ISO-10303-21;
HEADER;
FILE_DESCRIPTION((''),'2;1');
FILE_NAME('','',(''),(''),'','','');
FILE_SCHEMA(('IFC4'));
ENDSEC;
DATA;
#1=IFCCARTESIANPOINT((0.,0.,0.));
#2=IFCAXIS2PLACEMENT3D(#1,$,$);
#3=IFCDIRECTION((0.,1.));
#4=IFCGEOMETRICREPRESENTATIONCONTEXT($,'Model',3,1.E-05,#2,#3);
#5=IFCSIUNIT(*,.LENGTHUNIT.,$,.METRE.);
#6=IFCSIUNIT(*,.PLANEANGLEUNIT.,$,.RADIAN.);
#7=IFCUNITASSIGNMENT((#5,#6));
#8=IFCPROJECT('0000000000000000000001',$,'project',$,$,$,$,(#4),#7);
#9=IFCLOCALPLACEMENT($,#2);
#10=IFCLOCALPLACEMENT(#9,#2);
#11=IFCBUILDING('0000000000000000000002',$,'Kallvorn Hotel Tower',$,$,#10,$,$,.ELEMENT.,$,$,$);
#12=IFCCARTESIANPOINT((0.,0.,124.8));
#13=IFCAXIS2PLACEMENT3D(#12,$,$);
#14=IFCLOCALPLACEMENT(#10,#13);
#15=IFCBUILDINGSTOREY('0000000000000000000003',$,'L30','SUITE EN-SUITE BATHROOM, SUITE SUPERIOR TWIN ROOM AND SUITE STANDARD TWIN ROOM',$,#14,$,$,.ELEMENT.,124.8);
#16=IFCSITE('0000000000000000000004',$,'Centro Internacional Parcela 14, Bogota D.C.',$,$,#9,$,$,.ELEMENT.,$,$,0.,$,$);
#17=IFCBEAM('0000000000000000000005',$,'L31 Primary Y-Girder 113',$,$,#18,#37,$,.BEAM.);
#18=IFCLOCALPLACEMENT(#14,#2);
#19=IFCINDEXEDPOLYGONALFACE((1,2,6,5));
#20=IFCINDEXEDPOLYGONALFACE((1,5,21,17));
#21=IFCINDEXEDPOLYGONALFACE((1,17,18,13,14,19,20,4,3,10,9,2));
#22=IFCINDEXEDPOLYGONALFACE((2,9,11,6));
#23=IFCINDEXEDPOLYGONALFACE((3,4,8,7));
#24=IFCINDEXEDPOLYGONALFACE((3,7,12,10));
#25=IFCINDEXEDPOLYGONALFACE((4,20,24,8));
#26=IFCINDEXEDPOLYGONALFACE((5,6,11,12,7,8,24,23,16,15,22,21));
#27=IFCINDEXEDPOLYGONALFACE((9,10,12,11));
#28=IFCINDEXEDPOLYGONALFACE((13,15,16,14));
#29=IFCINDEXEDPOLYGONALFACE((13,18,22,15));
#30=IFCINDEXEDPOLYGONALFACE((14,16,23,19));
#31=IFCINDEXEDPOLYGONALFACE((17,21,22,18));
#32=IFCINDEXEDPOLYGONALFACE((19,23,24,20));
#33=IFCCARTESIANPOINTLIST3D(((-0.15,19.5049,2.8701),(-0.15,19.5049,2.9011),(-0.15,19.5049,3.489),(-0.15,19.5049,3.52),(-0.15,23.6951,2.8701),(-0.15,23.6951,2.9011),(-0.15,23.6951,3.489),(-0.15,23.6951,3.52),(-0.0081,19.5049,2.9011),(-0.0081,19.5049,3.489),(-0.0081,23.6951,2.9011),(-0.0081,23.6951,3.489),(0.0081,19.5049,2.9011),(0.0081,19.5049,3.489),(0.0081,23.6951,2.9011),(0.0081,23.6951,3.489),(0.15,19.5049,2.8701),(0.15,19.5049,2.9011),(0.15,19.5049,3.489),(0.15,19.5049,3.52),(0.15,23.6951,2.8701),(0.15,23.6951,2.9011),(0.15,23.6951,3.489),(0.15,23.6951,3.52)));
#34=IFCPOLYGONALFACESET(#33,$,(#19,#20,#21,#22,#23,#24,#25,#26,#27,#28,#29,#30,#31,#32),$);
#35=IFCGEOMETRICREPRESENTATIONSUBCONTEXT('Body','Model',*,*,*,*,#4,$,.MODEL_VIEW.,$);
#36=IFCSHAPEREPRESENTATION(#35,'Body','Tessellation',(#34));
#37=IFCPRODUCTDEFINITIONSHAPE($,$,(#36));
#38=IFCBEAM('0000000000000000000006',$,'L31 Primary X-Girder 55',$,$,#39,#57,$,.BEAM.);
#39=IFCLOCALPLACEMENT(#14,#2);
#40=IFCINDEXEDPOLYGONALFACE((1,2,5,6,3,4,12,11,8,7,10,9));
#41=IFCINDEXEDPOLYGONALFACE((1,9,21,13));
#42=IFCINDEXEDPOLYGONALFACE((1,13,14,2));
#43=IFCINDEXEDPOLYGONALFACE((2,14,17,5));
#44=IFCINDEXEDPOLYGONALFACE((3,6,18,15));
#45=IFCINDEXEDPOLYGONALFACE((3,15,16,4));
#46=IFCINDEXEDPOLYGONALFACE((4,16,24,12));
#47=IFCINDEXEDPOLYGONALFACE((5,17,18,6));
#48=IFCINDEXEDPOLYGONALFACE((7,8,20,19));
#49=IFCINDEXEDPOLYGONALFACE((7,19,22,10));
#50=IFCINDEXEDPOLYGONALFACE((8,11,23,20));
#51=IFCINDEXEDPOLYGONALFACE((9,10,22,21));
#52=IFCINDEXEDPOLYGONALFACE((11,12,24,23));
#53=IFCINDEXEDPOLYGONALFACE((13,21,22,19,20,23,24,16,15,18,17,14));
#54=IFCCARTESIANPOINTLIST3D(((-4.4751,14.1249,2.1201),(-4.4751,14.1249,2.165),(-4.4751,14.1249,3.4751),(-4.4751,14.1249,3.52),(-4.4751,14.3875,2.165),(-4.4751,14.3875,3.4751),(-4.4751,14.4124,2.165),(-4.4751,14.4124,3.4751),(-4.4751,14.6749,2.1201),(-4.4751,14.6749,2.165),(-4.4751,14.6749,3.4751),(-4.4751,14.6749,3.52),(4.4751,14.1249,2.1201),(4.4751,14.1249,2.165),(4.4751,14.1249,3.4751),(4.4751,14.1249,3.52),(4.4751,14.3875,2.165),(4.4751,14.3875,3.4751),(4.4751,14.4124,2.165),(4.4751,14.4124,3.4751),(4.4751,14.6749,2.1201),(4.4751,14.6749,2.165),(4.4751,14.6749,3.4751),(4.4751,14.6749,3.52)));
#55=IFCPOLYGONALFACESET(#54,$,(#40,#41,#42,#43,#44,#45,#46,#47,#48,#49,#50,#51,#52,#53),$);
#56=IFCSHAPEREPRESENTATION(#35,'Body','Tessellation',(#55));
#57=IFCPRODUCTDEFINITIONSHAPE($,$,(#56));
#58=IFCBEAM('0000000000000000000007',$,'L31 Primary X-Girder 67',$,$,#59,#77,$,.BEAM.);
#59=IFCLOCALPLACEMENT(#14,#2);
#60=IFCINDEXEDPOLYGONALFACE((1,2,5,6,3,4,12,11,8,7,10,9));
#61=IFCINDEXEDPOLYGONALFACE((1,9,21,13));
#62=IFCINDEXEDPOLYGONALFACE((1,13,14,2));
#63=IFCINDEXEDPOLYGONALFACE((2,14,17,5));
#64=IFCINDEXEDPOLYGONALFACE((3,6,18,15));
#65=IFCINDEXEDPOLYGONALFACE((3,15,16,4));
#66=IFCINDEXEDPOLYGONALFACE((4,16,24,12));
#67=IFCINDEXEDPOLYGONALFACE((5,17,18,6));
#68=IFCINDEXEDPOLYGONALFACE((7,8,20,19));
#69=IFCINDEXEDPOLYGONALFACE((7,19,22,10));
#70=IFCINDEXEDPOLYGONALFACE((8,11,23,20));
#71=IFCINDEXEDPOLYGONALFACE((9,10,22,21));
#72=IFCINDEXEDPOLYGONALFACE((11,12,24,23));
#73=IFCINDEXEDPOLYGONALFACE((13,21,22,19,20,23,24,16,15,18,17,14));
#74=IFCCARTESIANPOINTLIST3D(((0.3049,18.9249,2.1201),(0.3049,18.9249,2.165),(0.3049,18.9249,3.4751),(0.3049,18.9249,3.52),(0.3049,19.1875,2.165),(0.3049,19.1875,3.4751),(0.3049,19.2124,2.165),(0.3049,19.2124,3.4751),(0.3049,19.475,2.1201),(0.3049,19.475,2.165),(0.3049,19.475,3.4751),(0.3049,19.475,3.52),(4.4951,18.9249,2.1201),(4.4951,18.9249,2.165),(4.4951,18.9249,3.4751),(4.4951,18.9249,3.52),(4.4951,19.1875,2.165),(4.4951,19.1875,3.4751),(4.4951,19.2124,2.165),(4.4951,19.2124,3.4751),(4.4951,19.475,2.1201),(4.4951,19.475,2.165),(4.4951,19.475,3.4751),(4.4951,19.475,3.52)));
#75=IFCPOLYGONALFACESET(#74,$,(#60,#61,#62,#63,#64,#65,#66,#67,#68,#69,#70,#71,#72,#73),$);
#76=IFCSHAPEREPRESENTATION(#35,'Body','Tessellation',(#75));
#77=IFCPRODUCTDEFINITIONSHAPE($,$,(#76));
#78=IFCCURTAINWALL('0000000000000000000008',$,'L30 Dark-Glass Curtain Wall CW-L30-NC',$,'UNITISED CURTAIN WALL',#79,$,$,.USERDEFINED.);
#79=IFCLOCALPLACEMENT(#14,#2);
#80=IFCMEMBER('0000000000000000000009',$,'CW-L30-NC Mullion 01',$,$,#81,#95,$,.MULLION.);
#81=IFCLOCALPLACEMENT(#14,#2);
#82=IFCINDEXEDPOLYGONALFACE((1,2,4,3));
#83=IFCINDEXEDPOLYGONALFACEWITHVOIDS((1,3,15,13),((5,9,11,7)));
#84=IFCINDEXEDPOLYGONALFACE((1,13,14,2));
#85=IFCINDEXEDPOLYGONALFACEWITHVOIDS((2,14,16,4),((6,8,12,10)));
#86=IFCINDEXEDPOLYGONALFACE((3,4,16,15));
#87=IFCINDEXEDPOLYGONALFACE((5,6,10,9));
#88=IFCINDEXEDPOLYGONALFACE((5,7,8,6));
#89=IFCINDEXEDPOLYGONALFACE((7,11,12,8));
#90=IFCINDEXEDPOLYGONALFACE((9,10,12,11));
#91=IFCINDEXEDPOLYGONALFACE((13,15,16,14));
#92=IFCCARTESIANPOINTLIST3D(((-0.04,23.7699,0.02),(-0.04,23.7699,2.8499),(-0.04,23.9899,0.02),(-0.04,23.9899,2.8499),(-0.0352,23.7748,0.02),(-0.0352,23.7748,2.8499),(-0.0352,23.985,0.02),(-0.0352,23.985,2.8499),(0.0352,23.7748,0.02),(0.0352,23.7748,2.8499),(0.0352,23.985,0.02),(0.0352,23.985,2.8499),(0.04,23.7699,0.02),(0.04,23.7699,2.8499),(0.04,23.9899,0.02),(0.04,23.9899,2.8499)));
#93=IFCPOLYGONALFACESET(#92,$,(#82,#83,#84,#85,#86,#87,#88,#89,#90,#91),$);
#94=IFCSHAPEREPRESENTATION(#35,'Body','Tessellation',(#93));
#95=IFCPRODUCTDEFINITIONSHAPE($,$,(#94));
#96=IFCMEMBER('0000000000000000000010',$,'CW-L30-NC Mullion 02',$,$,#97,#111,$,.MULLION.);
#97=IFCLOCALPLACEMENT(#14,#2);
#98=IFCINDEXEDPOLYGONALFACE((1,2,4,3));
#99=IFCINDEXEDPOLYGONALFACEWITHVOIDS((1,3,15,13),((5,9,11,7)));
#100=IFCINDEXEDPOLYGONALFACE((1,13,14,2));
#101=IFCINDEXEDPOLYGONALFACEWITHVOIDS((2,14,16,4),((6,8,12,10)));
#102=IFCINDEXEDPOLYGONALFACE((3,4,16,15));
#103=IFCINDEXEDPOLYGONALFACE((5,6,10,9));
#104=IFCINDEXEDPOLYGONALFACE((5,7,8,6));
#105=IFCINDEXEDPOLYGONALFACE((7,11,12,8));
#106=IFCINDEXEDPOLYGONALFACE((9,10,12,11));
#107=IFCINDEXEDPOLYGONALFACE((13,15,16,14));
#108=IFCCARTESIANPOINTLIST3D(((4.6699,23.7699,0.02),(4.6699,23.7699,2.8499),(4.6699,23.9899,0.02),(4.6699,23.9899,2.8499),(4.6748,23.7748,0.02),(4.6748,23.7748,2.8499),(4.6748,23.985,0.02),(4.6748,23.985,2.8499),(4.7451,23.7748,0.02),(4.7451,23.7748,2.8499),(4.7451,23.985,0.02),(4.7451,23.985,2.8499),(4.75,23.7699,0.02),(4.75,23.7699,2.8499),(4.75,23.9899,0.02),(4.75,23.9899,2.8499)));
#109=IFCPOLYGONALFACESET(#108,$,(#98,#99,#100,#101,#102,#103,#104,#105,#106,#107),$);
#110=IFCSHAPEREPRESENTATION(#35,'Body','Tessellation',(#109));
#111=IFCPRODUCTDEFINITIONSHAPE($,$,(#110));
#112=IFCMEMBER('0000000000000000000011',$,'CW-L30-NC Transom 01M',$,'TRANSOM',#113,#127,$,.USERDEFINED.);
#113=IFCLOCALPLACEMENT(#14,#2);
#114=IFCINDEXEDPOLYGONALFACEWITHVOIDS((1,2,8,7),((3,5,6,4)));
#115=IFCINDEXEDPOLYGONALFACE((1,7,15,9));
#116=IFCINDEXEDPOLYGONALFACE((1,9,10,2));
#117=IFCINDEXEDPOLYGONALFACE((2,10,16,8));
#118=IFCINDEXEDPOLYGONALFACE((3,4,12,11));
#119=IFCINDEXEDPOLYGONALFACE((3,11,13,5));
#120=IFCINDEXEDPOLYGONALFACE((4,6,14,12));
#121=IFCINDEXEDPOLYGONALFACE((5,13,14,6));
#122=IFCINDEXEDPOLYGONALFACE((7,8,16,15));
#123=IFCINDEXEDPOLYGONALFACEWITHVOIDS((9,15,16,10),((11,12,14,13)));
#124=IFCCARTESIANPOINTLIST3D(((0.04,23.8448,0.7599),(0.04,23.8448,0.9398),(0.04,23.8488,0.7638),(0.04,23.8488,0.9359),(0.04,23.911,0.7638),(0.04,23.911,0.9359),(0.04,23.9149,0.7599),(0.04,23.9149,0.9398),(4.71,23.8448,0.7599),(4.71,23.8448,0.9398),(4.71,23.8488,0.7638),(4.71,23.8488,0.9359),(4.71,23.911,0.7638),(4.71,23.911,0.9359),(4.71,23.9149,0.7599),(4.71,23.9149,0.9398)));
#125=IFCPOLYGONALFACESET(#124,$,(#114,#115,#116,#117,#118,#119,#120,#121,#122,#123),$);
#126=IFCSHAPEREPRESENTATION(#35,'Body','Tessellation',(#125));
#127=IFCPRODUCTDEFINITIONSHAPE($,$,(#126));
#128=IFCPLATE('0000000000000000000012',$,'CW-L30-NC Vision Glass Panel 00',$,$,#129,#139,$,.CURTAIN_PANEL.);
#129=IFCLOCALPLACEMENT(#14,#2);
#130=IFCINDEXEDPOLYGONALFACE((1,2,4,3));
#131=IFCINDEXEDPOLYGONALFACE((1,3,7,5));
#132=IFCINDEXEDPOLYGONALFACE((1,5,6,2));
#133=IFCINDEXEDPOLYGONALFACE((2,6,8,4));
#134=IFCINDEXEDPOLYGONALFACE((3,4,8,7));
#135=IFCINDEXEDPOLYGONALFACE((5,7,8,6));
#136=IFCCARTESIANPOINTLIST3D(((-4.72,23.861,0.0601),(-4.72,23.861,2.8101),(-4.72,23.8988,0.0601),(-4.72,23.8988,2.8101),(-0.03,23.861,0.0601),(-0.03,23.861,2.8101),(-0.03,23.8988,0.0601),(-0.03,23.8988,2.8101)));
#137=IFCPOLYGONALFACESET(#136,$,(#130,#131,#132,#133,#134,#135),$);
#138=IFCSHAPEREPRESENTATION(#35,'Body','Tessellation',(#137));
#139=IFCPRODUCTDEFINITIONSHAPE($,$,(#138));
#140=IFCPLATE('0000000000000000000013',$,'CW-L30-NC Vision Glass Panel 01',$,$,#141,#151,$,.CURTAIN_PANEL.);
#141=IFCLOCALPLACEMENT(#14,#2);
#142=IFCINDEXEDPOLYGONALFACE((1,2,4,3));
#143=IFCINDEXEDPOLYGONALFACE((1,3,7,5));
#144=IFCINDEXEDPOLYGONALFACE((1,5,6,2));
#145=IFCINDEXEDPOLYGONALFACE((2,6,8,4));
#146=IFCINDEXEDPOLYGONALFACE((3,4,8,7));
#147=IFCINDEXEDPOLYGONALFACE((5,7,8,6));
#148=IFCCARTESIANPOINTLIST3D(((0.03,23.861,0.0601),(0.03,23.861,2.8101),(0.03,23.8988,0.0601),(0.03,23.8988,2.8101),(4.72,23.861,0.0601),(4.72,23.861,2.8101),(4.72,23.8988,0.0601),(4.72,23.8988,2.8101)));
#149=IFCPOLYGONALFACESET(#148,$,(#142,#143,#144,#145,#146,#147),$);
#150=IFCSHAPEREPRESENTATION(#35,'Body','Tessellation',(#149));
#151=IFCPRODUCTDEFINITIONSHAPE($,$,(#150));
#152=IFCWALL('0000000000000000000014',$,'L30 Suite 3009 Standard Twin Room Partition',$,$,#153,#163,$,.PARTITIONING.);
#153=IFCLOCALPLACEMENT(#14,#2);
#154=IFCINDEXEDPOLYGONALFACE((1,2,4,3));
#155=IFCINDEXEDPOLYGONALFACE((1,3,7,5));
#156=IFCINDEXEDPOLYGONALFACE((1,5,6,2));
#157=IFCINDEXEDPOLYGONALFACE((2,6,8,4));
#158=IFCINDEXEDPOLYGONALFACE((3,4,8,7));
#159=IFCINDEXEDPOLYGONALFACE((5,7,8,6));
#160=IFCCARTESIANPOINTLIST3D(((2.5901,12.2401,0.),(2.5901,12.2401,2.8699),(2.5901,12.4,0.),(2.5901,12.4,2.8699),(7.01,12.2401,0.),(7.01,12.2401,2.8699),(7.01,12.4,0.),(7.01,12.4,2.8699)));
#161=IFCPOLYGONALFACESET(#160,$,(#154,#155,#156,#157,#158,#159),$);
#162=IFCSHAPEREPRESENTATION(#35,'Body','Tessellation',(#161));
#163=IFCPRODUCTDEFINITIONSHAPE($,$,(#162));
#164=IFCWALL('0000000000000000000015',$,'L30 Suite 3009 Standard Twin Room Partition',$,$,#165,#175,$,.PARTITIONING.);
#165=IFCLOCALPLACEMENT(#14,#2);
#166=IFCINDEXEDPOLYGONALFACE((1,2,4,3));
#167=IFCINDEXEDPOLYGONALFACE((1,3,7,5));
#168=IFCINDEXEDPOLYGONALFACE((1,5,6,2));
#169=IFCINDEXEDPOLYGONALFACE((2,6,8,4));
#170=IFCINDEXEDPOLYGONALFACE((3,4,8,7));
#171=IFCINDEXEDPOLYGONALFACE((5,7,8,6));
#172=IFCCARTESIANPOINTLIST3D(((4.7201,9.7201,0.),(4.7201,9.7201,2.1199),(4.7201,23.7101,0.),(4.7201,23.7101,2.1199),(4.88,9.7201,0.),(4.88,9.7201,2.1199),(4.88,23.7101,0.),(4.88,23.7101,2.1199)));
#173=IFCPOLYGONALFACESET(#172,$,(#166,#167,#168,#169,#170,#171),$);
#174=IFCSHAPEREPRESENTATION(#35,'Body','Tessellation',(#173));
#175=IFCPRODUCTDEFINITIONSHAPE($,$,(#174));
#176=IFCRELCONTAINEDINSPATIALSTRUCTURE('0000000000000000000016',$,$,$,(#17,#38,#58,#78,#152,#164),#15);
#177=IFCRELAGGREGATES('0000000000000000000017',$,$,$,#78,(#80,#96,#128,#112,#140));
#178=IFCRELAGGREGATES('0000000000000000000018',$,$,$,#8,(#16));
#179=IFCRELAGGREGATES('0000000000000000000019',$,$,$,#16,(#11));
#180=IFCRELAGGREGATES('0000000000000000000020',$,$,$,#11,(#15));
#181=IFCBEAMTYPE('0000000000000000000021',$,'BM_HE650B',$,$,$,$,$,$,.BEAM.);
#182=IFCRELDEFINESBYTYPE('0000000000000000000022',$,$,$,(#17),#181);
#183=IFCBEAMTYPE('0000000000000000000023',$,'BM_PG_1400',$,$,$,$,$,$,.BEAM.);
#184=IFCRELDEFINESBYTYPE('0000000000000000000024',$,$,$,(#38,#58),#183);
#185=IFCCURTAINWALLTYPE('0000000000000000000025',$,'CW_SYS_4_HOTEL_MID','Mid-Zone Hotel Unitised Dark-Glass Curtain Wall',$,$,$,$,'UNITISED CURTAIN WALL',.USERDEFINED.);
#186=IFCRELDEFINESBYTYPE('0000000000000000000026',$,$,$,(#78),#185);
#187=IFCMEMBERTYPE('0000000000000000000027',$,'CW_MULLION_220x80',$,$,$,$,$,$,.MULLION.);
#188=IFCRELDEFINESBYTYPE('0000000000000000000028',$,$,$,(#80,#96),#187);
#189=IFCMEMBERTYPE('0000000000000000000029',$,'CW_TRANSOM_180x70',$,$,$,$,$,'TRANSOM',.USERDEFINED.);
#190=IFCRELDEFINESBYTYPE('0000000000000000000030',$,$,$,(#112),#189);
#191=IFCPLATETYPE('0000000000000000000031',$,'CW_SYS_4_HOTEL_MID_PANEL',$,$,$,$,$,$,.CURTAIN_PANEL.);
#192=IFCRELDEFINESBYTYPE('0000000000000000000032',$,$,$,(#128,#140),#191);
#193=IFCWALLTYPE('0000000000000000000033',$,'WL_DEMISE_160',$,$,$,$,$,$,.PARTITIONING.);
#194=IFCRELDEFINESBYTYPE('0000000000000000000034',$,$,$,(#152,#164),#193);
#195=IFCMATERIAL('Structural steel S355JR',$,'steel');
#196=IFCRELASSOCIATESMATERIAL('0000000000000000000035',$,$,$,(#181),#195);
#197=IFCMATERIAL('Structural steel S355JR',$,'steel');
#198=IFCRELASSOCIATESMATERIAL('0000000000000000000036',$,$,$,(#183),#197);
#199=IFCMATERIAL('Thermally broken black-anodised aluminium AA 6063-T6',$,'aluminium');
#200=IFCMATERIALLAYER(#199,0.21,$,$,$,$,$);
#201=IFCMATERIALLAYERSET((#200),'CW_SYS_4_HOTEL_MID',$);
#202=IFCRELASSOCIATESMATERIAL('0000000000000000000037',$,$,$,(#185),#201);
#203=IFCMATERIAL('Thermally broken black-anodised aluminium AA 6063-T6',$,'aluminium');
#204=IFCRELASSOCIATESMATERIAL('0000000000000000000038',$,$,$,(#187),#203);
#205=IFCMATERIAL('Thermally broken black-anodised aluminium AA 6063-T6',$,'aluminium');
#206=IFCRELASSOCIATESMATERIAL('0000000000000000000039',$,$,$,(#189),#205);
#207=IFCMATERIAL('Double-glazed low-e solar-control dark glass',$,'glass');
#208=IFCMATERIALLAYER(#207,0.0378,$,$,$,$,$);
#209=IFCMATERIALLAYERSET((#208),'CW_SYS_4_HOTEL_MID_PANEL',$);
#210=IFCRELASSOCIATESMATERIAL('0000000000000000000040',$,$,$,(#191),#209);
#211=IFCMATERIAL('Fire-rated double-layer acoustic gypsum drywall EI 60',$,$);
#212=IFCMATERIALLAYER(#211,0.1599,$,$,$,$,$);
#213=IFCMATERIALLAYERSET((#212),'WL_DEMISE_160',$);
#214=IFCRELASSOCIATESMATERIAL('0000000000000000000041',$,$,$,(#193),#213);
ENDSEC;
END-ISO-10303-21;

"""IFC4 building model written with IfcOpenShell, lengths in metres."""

from ifc_helpers import new_model, si_unit, direction, frame, frame_2d, origin, origin_2d, place, context, subcontext, project, spatial, rectangle, hollow_rectangle, i_section, extrude, material, layer, layer_set, material_profile, profile_set, type_object, element, aggregate, save


model = new_model("IFC4")

# Units and contexts
model_context = context("Model", 3, precision=1e-05, world=origin(), true_north=direction((0.0, 1.0)))
body_context = subcontext(model_context, "Body", "Model", "MODEL_VIEW")
ifc_project = project(units=[si_unit("LENGTHUNIT", "METRE"), si_unit("PLANEANGLEUNIT", "RADIAN")], contexts=[model_context])

# Site, building, storey
site_placement = place(None, origin())
site = spatial("IfcSite", under=ifc_project, at=site_placement, Name="Centro Internacional Parcela 14, Bogota D.C.", CompositionType="ELEMENT", RefElevation=0.0)
building_placement = place(site_placement, origin())
building = spatial("IfcBuilding", under=site, at=building_placement, Name="Kallvorn Hotel Tower", CompositionType="ELEMENT")
storey_placement = place(building_placement, frame((0.0, 0.0, 124.8)))
storey = spatial("IfcBuildingStorey", under=building, at=storey_placement, Name="L30", Description="SUITE EN-SUITE BATHROOM, SUITE SUPERIOR TWIN ROOM AND SUITE STANDARD TWIN ROOM", CompositionType="ELEMENT", Elevation=124.8)

# Beams
ifc_material_1 = material(Name="Structural steel S355JR", Category="steel")
ifc_material_profile_1 = material_profile(ifc_material_1, i_section(OverallWidth=0.3, OverallDepth=0.6499, WebThickness=0.0161, FlangeThickness=0.031, at=origin_2d()), Name="HE 650 B")
ifc_profile_set_1 = profile_set([ifc_material_profile_1], Name="Structural steel S355JR")
beam_type_1 = type_object("IfcBeamType", Name="BM_HE650B", PredefinedType="BEAM", material=ifc_profile_set_1)
beam_1_placement = place(storey_placement, frame((0.0, 19.5049, 3.1951), z_axis=(0.0, 1.0, 0.0), x_axis=(-1.0, 0.0, 0.0)))
element("IfcBeam", 1, at=beam_1_placement, inside=storey, type_object=beam_type_1, Name="L31 Primary Y-Girder 113", PredefinedType="BEAM", context=body_context, shape_type="SweptSolid", body=[
    extrude(i_section(OverallWidth=0.3, OverallDepth=0.6499, WebThickness=0.0161, FlangeThickness=0.031, at=origin_2d()), origin(), (0.0, 0.0, 1.0), 4.1902),
])
ifc_material_2 = material(Name="Structural steel S355JR", Category="steel")
ifc_material_profile_2 = material_profile(ifc_material_2, i_section(OverallWidth=0.55, OverallDepth=1.3999, WebThickness=0.0249, FlangeThickness=0.0449, at=origin_2d()), Name="PG 1400x550x25x45")
ifc_profile_set_2 = profile_set([ifc_material_profile_2], Name="Structural steel S355JR")
beam_type_2 = type_object("IfcBeamType", Name="BM_PG_1400", PredefinedType="BEAM", material=ifc_profile_set_2)
beam_2_placement = place(storey_placement, frame((-4.4751, 14.3999, 2.8201), z_axis=(1.0, 0.0, 0.0), x_axis=(0.0, 1.0, 0.0)))
element("IfcBeam", 2, at=beam_2_placement, inside=storey, type_object=beam_type_2, Name="L31 Primary X-Girder 55", PredefinedType="BEAM", context=body_context, shape_type="SweptSolid", body=[
    extrude(i_section(OverallWidth=0.55, OverallDepth=1.3999, WebThickness=0.0249, FlangeThickness=0.0449, at=origin_2d()), origin(), (0.0, 0.0, 1.0), 8.9502),
])
beam_3_placement = place(storey_placement, frame((0.3049, 19.2, 2.8201), z_axis=(1.0, 0.0, 0.0), x_axis=(0.0, 1.0, 0.0)))
element("IfcBeam", 3, at=beam_3_placement, inside=storey, type_object=beam_type_2, Name="L31 Primary X-Girder 67", PredefinedType="BEAM", context=body_context, shape_type="SweptSolid", body=[
    extrude(i_section(OverallWidth=0.55, OverallDepth=1.3999, WebThickness=0.0249, FlangeThickness=0.0449, at=origin_2d()), origin(), (0.0, 0.0, 1.0), 4.1902),
])

# Curtain wall, members, plates
ifc_material_3 = material(Name="Thermally broken black-anodised aluminium AA 6063-T6", Category="aluminium")
ifc_layer_1 = layer(ifc_material_3, 0.21)
ifc_layer_set_1 = layer_set([ifc_layer_1], Name="CW_SYS_4_HOTEL_MID")
curtain_wall_type = type_object("IfcCurtainWallType", Name="CW_SYS_4_HOTEL_MID", Description="Mid-Zone Hotel Unitised Dark-Glass Curtain Wall", ElementType="UNITISED CURTAIN WALL", PredefinedType="USERDEFINED", material=ifc_layer_set_1)
curtain_wall_placement = place(storey_placement, origin())
curtain_wall = element("IfcCurtainWall", 4, at=curtain_wall_placement, inside=storey, type_object=curtain_wall_type, Name="L30 Dark-Glass Curtain Wall CW-L30-NC", ObjectType="UNITISED CURTAIN WALL", PredefinedType="USERDEFINED")
ifc_material_4 = material(Name="Thermally broken black-anodised aluminium AA 6063-T6", Category="aluminium")
ifc_material_profile_3 = material_profile(ifc_material_4, hollow_rectangle(XDim=0.0801, YDim=0.22, WallThickness=0.0049, at=origin_2d()), Name="MUL 220x80")
ifc_profile_set_3 = profile_set([ifc_material_profile_3], Name="Thermally broken black-anodised aluminium AA 6063-T6")
member_type_1 = type_object("IfcMemberType", Name="CW_MULLION_220x80", PredefinedType="MULLION", material=ifc_profile_set_3)
member_1_placement = place(storey_placement, frame((0.0, 23.8799, 0.02), z_axis=(0.0, 0.0, 1.0), x_axis=(1.0, 0.0, 0.0)))
member_1 = element("IfcMember", 5, at=member_1_placement, type_object=member_type_1, Name="CW-L30-NC Mullion 01", PredefinedType="MULLION", context=body_context, shape_type="SweptSolid", body=[
    extrude(hollow_rectangle(XDim=0.0801, YDim=0.22, WallThickness=0.0049, at=origin_2d()), origin(), (0.0, 0.0, 1.0), 2.8298),
])
member_2_placement = place(storey_placement, frame((4.71, 23.8799, 0.02), z_axis=(0.0, 0.0, 1.0), x_axis=(1.0, 0.0, 0.0)))
member_2 = element("IfcMember", 6, at=member_2_placement, type_object=member_type_1, Name="CW-L30-NC Mullion 02", PredefinedType="MULLION", context=body_context, shape_type="SweptSolid", body=[
    extrude(hollow_rectangle(XDim=0.0801, YDim=0.22, WallThickness=0.0049, at=origin_2d()), origin(), (0.0, 0.0, 1.0), 2.8298),
])
ifc_material_5 = material(Name="Thermally broken black-anodised aluminium AA 6063-T6", Category="aluminium")
ifc_material_profile_4 = material_profile(ifc_material_5, hollow_rectangle(XDim=0.0701, YDim=0.1799, WallThickness=0.0039, at=origin_2d()), Name="TRN 180x70")
ifc_profile_set_4 = profile_set([ifc_material_profile_4], Name="Thermally broken black-anodised aluminium AA 6063-T6")
member_type_2 = type_object("IfcMemberType", Name="CW_TRANSOM_180x70", ElementType="TRANSOM", PredefinedType="USERDEFINED", material=ifc_profile_set_4)
member_3_placement = place(storey_placement, frame((0.04, 23.8799, 0.8499), z_axis=(1.0, 0.0, 0.0), x_axis=(0.0, 1.0, 0.0)))
member_3 = element("IfcMember", 7, at=member_3_placement, type_object=member_type_2, Name="CW-L30-NC Transom 01M", ObjectType="TRANSOM", PredefinedType="USERDEFINED", context=body_context, shape_type="SweptSolid", body=[
    extrude(hollow_rectangle(XDim=0.0701, YDim=0.1799, WallThickness=0.0039, at=origin_2d()), origin(), (0.0, 0.0, 1.0), 4.6699),
])
ifc_material_6 = material(Name="Double-glazed low-e solar-control dark glass", Category="glass")
ifc_layer_2 = layer(ifc_material_6, 0.0378)
ifc_layer_set_2 = layer_set([ifc_layer_2], Name="CW_SYS_4_HOTEL_MID_PANEL")
plate_type = type_object("IfcPlateType", Name="CW_SYS_4_HOTEL_MID_PANEL", PredefinedType="CURTAIN_PANEL", material=ifc_layer_set_2)
plate_1_placement = place(storey_placement, frame((-2.375, 23.8799, 0.0601), z_axis=(0.0, 0.0, 1.0), x_axis=(1.0, 0.0, 0.0)))
plate_1 = element("IfcPlate", 8, at=plate_1_placement, type_object=plate_type, Name="CW-L30-NC Vision Glass Panel 00", PredefinedType="CURTAIN_PANEL", context=body_context, shape_type="SweptSolid", body=[
    extrude(rectangle(XDim=4.6899, YDim=0.0378, at=origin_2d()), origin(), (0.0, 0.0, 1.0), 2.75),
])
plate_2_placement = place(storey_placement, frame((2.375, 23.8799, 0.0601), z_axis=(0.0, 0.0, 1.0), x_axis=(1.0, 0.0, 0.0)))
plate_2 = element("IfcPlate", 9, at=plate_2_placement, type_object=plate_type, Name="CW-L30-NC Vision Glass Panel 01", PredefinedType="CURTAIN_PANEL", context=body_context, shape_type="SweptSolid", body=[
    extrude(rectangle(XDim=4.6899, YDim=0.0378, at=origin_2d()), origin(), (0.0, 0.0, 1.0), 2.75),
])
aggregate(curtain_wall, [member_1, member_2, plate_1, member_3, plate_2])

# Walls
ifc_material_7 = material(Name="Fire-rated double-layer acoustic gypsum drywall EI 60")
ifc_layer_3 = layer(ifc_material_7, 0.1599)
ifc_layer_set_3 = layer_set([ifc_layer_3], Name="WL_DEMISE_160")
wall_type_1 = type_object("IfcWallType", Name="WL_DEMISE_160", PredefinedType="PARTITIONING", material=ifc_layer_set_3)
wall_1_placement = place(storey_placement, frame((2.5901, 12.3201, 0.0), z_axis=(0.0, 0.0, 1.0), x_axis=(1.0, 0.0, 0.0)))
element("IfcWall", 10, at=wall_1_placement, inside=storey, type_object=wall_type_1, Name="L30 Suite 3009 Standard Twin Room Partition", PredefinedType="PARTITIONING", context=body_context, shape_type="SweptSolid", body=[
    extrude(rectangle(XDim=4.4199, YDim=0.1599, at=frame_2d((2.21, 0.0))), origin(), (0.0, 0.0, 1.0), 2.8699),
])
wall_2_placement = place(storey_placement, frame((4.8, 9.72, 0.0), z_axis=(0.0, 0.0, 1.0), x_axis=(0.0, 1.0, 0.0)))
element("IfcWall", 11, at=wall_2_placement, inside=storey, type_object=wall_type_1, Name="L30 Suite 3009 Standard Twin Room Partition", PredefinedType="PARTITIONING", context=body_context, shape_type="SweptSolid", body=[
    extrude(rectangle(XDim=13.99, YDim=0.1599, at=frame_2d((6.9951, 0.0))), origin(), (0.0, 0.0, 1.0), 2.1199),
])

save(model, "model.ifc")
